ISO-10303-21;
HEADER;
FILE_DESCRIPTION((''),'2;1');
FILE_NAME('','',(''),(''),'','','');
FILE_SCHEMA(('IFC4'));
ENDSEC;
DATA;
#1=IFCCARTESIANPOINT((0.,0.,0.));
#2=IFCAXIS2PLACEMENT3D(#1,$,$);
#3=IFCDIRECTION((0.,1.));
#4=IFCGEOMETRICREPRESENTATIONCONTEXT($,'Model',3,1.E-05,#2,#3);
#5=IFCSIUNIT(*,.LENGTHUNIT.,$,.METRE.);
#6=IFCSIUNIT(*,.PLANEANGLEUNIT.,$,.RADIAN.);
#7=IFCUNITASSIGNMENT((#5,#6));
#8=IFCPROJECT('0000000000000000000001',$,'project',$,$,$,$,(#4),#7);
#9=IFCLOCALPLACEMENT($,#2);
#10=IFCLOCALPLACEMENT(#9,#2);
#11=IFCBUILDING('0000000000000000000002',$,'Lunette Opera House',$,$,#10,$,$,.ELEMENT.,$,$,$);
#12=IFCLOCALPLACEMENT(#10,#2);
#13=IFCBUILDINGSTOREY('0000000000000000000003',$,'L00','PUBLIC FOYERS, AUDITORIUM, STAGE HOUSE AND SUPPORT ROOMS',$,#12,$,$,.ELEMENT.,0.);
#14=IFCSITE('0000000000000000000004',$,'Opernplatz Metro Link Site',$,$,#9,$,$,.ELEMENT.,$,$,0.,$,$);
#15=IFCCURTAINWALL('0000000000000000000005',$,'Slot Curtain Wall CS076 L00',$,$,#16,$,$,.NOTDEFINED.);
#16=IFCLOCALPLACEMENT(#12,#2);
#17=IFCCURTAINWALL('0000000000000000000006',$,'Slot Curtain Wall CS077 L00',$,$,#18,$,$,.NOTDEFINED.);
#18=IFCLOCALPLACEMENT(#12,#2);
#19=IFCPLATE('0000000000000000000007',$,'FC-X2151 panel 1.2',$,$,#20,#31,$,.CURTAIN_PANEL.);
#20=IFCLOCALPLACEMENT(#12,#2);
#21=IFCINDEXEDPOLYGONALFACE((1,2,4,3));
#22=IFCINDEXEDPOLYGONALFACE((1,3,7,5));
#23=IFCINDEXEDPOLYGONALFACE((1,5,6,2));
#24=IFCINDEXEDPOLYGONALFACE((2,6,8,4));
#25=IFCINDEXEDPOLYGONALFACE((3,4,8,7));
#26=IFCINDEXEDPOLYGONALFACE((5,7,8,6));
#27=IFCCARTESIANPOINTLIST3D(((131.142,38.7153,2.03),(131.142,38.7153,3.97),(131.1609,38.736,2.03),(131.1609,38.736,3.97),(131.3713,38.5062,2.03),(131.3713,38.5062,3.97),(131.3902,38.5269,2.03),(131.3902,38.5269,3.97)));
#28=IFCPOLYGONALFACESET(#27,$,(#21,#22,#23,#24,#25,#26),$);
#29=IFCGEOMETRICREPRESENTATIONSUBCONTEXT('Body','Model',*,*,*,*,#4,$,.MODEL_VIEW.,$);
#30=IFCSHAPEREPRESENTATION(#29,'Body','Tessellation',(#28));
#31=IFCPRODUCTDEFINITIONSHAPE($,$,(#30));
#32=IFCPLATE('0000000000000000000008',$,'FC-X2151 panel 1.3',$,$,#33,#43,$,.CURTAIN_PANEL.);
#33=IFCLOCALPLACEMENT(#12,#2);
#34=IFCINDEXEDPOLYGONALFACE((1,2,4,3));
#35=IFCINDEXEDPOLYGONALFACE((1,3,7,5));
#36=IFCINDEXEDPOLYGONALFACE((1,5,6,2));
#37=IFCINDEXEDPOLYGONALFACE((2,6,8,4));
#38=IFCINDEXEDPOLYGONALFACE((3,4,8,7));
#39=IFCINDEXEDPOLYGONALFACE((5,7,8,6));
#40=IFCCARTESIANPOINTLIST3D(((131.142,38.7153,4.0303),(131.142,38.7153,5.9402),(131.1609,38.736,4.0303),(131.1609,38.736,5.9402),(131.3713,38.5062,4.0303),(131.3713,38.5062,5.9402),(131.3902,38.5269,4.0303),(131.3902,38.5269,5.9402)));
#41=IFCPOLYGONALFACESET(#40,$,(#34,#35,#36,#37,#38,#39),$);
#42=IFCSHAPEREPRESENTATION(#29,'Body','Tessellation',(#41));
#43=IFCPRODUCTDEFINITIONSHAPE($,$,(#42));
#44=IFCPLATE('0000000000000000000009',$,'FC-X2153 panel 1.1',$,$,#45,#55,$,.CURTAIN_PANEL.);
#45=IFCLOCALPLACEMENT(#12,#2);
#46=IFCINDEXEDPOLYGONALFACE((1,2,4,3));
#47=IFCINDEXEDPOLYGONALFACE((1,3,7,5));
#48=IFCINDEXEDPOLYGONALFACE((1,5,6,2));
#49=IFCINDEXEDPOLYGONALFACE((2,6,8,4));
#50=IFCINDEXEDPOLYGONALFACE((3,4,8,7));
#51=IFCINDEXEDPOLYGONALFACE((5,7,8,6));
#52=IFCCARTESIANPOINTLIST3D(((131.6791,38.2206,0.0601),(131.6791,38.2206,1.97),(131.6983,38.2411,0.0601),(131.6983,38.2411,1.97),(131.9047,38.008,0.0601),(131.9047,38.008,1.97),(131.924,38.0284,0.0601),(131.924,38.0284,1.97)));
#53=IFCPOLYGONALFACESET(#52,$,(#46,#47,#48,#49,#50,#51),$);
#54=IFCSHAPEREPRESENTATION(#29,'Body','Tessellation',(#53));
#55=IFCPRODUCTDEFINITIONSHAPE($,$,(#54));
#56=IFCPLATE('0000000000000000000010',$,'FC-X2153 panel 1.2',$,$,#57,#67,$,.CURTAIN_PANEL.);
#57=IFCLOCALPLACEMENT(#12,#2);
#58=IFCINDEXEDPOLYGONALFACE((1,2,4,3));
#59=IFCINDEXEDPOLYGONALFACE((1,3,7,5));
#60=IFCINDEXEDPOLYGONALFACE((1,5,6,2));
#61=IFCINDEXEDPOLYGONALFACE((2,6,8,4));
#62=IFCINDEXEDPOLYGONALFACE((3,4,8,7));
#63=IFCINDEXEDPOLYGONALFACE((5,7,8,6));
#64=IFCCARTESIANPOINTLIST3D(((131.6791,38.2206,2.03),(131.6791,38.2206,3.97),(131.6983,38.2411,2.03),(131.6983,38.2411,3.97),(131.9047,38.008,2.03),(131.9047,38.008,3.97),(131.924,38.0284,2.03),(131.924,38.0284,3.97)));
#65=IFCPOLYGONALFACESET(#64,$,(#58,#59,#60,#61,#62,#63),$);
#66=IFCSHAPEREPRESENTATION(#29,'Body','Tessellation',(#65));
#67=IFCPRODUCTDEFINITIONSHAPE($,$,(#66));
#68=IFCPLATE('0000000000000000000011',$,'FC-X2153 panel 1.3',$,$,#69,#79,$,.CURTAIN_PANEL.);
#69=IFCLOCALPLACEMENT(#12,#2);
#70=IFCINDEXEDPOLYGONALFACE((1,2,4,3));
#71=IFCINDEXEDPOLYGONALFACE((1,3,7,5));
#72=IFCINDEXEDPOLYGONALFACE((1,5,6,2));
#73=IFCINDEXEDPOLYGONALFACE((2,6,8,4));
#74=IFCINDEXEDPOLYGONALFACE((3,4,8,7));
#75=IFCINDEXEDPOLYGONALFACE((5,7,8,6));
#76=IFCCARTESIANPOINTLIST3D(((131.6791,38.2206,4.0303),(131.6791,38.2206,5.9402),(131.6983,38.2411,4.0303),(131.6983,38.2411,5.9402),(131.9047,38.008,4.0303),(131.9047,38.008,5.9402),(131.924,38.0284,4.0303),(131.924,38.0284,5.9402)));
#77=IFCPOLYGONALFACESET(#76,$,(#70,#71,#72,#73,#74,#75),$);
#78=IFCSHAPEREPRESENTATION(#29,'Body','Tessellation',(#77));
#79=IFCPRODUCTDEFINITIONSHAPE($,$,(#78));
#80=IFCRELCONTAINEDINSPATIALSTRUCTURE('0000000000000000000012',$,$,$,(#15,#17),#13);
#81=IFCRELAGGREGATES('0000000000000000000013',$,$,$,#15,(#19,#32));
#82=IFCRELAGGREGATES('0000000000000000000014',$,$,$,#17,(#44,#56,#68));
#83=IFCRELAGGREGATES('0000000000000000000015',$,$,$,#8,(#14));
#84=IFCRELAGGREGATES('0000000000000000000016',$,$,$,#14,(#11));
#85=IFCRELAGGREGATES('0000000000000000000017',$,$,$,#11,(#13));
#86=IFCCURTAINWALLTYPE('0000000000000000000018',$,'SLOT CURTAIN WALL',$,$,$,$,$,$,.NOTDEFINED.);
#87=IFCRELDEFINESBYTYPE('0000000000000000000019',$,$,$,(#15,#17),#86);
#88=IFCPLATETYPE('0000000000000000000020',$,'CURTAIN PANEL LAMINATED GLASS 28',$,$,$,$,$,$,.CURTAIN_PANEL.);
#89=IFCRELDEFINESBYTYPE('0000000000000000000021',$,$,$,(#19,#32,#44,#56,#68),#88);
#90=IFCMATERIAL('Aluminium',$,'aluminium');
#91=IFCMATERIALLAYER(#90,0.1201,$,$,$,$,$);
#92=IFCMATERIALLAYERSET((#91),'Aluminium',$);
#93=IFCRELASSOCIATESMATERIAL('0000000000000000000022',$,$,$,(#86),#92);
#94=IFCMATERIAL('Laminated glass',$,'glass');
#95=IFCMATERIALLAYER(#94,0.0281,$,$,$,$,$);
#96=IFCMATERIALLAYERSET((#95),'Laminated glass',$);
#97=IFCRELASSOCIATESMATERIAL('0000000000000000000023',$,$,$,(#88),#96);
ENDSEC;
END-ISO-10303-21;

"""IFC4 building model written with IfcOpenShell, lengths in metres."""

from ifc_helpers import new_model, si_unit, direction, frame, origin, origin_2d, place, context, subcontext, project, spatial, rectangle, extrude, material, layer, layer_set, type_object, element, aggregate, save


model = new_model("IFC4")

# Units and contexts
model_context = context("Model", 3, precision=1e-05, world=origin(), true_north=direction((0.0, 1.0)))
body_context = subcontext(model_context, "Body", "Model", "MODEL_VIEW")
ifc_project = project(units=[si_unit("LENGTHUNIT", "METRE"), si_unit("PLANEANGLEUNIT", "RADIAN")], contexts=[model_context])

# Site, building, storey
site_placement = place(None, origin())
site = spatial("IfcSite", under=ifc_project, at=site_placement, Name="Opernplatz Metro Link Site", CompositionType="ELEMENT", RefElevation=0.0)
building_placement = place(site_placement, origin())
building = spatial("IfcBuilding", under=site, at=building_placement, Name="Lunette Opera House", CompositionType="ELEMENT")
storey_placement = place(building_placement, origin())
storey = spatial("IfcBuildingStorey", under=building, at=storey_placement, Name="L00", Description="PUBLIC FOYERS, AUDITORIUM, STAGE HOUSE AND SUPPORT ROOMS", CompositionType="ELEMENT", Elevation=0.0)

# Shared definitions
ifc_material_1 = material(Name="Aluminium", Category="aluminium")
ifc_layer_1 = layer(ifc_material_1, 0.1201)
ifc_layer_set_1 = layer_set([ifc_layer_1], Name="Aluminium")
curtain_wall_type = type_object("IfcCurtainWallType", Name="SLOT CURTAIN WALL", PredefinedType="NOTDEFINED", material=ifc_layer_set_1)

# Curtain walls
curtain_wall_1_placement = place(storey_placement, origin())
curtain_wall_1 = element("IfcCurtainWall", 1, at=curtain_wall_1_placement, inside=storey, type_object=curtain_wall_type, Name="Slot Curtain Wall CS076 L00", PredefinedType="NOTDEFINED")
curtain_wall_2_placement = place(storey_placement, origin())
curtain_wall_2 = element("IfcCurtainWall", 2, at=curtain_wall_2_placement, inside=storey, type_object=curtain_wall_type, Name="Slot Curtain Wall CS077 L00", PredefinedType="NOTDEFINED")

# Plates
ifc_material_2 = material(Name="Laminated glass", Category="glass")
ifc_layer_2 = layer(ifc_material_2, 0.0281)
ifc_layer_set_2 = layer_set([ifc_layer_2], Name="Laminated glass")
plate_type = type_object("IfcPlateType", Name="CURTAIN PANEL LAMINATED GLASS 28", PredefinedType="CURTAIN_PANEL", material=ifc_layer_set_2)
plate_1_placement = place(storey_placement, frame((131.2661, 38.6211, 2.03), z_axis=(0.0, 0.0, 1.0), x_axis=(0.738888, -0.673828, 0.0)))
plate_1 = element("IfcPlate", 3, at=plate_1_placement, type_object=plate_type, Name="FC-X2151 panel 1.2", PredefinedType="CURTAIN_PANEL", context=body_context, shape_type="SweptSolid", body=[
    extrude(rectangle(XDim=0.3103, YDim=0.0281, at=origin_2d()), origin(), (0.0, 0.0, 1.0), 1.9399),
])
plate_2_placement = place(storey_placement, frame((131.2661, 38.6211, 4.0303), z_axis=(0.0, 0.0, 1.0), x_axis=(0.738888, -0.673828, 0.0)))
plate_2 = element("IfcPlate", 4, at=plate_2_placement, type_object=plate_type, Name="FC-X2151 panel 1.3", PredefinedType="CURTAIN_PANEL", context=body_context, shape_type="SweptSolid", body=[
    extrude(rectangle(XDim=0.3103, YDim=0.0281, at=origin_2d()), origin(), (0.0, 0.0, 1.0), 1.9099),
])
aggregate(curtain_wall_1, [plate_1, plate_2])
plate_3_placement = place(storey_placement, frame((131.8015, 38.1245, 0.0601), z_axis=(0.0, 0.0, 1.0), x_axis=(0.727722, -0.685872, 0.0)))
plate_3 = element("IfcPlate", 5, at=plate_3_placement, type_object=plate_type, Name="FC-X2153 panel 1.1", PredefinedType="CURTAIN_PANEL", context=body_context, shape_type="SweptSolid", body=[
    extrude(rectangle(XDim=0.3101, YDim=0.0281, at=origin_2d()), origin(), (0.0, 0.0, 1.0), 1.9099),
])
plate_4_placement = place(storey_placement, frame((131.8015, 38.1245, 2.03), z_axis=(0.0, 0.0, 1.0), x_axis=(0.727722, -0.685872, 0.0)))
plate_4 = element("IfcPlate", 6, at=plate_4_placement, type_object=plate_type, Name="FC-X2153 panel 1.2", PredefinedType="CURTAIN_PANEL", context=body_context, shape_type="SweptSolid", body=[
    extrude(rectangle(XDim=0.3101, YDim=0.0281, at=origin_2d()), origin(), (0.0, 0.0, 1.0), 1.9399),
])
plate_5_placement = place(storey_placement, frame((131.8015, 38.1245, 4.0303), z_axis=(0.0, 0.0, 1.0), x_axis=(0.727722, -0.685872, 0.0)))
plate_5 = element("IfcPlate", 7, at=plate_5_placement, type_object=plate_type, Name="FC-X2153 panel 1.3", PredefinedType="CURTAIN_PANEL", context=body_context, shape_type="SweptSolid", body=[
    extrude(rectangle(XDim=0.3101, YDim=0.0281, at=origin_2d()), origin(), (0.0, 0.0, 1.0), 1.9099),
])
aggregate(curtain_wall_2, [plate_3, plate_4, plate_5])

save(model, "model.ifc")
